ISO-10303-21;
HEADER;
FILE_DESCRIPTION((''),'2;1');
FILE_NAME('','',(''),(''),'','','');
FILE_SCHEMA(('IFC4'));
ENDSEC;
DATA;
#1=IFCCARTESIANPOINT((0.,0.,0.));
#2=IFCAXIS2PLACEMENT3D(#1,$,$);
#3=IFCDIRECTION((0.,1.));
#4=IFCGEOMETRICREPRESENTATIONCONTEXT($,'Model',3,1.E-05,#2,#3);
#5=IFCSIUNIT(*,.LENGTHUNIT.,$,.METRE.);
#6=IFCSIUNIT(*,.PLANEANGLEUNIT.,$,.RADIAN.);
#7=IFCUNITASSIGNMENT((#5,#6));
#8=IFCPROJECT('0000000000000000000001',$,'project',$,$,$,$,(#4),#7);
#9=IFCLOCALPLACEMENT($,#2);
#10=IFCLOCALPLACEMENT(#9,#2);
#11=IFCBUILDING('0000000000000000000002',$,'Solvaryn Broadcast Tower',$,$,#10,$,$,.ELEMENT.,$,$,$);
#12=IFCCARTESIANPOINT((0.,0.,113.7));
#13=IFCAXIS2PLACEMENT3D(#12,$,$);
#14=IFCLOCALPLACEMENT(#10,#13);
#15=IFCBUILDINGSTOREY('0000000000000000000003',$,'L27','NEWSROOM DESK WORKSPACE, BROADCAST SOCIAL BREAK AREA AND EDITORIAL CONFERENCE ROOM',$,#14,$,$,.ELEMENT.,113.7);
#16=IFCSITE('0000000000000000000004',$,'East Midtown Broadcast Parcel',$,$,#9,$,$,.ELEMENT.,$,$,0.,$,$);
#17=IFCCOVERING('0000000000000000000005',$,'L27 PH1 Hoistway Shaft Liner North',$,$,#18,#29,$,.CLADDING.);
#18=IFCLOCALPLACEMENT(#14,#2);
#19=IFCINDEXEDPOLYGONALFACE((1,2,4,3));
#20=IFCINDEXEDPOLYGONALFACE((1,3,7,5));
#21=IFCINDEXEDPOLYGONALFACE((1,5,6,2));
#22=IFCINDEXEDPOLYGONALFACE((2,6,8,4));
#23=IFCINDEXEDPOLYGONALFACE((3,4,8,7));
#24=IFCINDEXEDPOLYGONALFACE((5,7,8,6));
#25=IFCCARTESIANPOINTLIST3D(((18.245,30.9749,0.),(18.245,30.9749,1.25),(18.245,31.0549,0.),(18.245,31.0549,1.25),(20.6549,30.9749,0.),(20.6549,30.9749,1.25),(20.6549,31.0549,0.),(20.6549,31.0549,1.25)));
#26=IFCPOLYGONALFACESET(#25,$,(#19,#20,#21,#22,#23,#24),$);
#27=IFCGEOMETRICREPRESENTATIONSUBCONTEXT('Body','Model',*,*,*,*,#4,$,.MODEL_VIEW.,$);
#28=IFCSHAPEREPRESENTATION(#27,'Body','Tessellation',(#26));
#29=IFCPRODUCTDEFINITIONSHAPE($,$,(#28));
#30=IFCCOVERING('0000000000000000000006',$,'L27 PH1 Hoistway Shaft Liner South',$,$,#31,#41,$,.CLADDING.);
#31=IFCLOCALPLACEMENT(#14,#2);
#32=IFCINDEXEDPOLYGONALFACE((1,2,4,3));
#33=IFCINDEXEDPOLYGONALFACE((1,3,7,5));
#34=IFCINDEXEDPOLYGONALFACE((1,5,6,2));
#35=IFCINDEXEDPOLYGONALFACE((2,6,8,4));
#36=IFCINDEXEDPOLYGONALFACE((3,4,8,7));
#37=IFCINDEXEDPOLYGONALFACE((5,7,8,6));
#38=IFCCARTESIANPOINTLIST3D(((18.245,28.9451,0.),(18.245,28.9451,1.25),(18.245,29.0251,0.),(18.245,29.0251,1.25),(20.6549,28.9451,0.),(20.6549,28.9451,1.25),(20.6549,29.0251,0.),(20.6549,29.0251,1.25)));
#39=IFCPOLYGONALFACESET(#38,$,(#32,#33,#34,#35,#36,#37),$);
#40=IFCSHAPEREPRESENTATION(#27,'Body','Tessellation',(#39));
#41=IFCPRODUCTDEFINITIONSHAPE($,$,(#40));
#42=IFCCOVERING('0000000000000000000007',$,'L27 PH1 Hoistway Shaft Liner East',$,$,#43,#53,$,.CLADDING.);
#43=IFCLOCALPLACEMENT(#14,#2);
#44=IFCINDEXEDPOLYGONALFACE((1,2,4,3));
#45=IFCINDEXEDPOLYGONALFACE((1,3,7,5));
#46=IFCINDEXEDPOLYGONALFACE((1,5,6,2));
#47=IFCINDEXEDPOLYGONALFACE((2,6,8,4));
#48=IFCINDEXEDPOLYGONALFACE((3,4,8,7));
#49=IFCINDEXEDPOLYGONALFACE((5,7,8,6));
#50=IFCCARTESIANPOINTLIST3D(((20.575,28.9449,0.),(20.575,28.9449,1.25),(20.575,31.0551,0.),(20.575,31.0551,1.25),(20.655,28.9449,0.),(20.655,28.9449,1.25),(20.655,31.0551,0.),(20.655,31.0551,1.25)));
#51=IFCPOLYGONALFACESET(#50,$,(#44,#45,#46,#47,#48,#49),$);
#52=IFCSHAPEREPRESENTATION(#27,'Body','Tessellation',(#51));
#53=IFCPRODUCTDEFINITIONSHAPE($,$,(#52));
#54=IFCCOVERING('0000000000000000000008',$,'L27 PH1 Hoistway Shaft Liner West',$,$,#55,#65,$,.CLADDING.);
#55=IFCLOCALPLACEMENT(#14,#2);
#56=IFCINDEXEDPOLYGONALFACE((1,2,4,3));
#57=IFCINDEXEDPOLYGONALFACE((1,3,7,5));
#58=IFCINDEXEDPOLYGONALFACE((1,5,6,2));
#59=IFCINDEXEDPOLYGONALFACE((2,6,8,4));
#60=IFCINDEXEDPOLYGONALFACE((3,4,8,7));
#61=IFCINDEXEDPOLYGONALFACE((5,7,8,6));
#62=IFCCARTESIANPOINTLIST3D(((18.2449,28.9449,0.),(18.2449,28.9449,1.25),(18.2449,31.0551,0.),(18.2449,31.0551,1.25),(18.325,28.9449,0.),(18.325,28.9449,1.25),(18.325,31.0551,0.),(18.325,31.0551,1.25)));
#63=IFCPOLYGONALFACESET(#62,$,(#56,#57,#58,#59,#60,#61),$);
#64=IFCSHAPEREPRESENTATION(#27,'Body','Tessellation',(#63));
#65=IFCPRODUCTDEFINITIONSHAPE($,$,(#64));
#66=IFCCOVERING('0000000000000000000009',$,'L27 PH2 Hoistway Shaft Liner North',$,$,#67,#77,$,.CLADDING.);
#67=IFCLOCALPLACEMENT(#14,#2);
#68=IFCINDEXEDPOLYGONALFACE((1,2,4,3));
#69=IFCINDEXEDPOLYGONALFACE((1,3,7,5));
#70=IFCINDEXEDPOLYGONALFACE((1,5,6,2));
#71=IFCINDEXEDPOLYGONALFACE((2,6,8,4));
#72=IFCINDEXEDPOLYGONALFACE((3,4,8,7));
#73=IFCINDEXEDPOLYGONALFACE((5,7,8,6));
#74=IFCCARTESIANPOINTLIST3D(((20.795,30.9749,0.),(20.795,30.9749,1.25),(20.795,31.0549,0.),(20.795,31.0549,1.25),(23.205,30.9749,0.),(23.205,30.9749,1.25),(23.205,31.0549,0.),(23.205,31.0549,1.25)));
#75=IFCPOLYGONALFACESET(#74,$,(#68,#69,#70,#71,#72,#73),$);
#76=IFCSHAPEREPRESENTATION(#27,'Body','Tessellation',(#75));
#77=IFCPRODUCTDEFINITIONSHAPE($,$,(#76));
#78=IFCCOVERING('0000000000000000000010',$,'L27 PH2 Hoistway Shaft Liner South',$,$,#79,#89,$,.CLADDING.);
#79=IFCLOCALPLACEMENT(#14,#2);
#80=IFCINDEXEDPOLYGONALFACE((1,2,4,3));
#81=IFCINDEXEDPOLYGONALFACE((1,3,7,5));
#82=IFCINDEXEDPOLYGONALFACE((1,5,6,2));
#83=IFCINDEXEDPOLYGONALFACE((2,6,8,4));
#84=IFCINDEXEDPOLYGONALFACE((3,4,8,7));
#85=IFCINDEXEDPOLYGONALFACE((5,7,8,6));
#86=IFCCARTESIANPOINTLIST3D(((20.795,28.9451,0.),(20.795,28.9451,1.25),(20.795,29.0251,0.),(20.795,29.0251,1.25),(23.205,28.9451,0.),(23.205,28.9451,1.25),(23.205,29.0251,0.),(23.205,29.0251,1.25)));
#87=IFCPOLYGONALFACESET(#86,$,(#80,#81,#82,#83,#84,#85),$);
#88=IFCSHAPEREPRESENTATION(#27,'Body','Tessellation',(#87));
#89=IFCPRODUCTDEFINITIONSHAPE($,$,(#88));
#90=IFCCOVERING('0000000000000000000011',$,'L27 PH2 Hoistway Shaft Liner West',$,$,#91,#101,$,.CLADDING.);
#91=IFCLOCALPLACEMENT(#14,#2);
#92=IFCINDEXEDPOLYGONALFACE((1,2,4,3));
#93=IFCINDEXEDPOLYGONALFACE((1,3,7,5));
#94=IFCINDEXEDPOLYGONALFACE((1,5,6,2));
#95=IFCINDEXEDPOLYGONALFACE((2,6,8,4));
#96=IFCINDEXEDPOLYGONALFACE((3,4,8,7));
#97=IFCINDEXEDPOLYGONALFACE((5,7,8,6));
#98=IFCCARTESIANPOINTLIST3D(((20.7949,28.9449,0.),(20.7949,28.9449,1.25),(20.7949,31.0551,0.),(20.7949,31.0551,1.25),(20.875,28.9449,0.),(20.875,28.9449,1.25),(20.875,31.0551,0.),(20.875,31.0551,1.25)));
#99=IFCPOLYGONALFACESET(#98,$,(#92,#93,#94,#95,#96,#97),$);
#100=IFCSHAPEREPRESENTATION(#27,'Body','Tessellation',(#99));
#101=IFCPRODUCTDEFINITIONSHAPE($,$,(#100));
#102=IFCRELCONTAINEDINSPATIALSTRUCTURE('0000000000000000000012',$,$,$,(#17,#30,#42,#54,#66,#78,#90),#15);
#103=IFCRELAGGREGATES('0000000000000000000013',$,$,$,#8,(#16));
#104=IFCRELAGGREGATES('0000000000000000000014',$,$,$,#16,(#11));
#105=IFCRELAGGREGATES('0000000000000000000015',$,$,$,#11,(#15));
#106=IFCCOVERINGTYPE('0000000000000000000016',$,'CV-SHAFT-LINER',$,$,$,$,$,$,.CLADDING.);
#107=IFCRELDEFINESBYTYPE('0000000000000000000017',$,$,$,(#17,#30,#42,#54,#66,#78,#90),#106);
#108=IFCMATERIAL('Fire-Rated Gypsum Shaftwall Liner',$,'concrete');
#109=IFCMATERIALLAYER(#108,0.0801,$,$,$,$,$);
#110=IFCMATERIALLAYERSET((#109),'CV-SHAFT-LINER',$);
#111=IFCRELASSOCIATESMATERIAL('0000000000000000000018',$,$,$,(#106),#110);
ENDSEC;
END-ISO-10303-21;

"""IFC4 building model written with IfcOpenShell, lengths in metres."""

from ifc_helpers import new_model, si_unit, direction, frame, origin, origin_2d, place, context, subcontext, project, spatial, rectangle, extrude, material, layer, layer_set, type_object, element, save


model = new_model("IFC4")

# Units and contexts
model_context = context("Model", 3, precision=1e-05, world=origin(), true_north=direction((0.0, 1.0)))
body_context = subcontext(model_context, "Body", "Model", "MODEL_VIEW")
ifc_project = project(units=[si_unit("LENGTHUNIT", "METRE"), si_unit("PLANEANGLEUNIT", "RADIAN")], contexts=[model_context])

# Site, building, storey
site_placement = place(None, origin())
site = spatial("IfcSite", under=ifc_project, at=site_placement, Name="East Midtown Broadcast Parcel", CompositionType="ELEMENT", RefElevation=0.0)
building_placement = place(site_placement, origin())
building = spatial("IfcBuilding", under=site, at=building_placement, Name="Solvaryn Broadcast Tower", CompositionType="ELEMENT")
storey_placement = place(building_placement, frame((0.0, 0.0, 113.7)))
storey = spatial("IfcBuildingStorey", under=building, at=storey_placement, Name="L27", Description="NEWSROOM DESK WORKSPACE, BROADCAST SOCIAL BREAK AREA AND EDITORIAL CONFERENCE ROOM", CompositionType="ELEMENT", Elevation=113.7)

# Coverings
ifc_material_1 = material(Name="Fire-Rated Gypsum Shaftwall Liner", Category="concrete")
ifc_layer_1 = layer(ifc_material_1, 0.0801)
ifc_layer_set_1 = layer_set([ifc_layer_1], Name="CV-SHAFT-LINER")
covering_type = type_object("IfcCoveringType", Name="CV-SHAFT-LINER", PredefinedType="CLADDING", material=ifc_layer_set_1)
for number, where, z_axis, x_axis, name in (
    (1, (19.45, 31.0149, 0.0), (0.0, 0.0, 1.0), (1.0, 0.0, 0.0), "L27 PH1 Hoistway Shaft Liner North"),
    (2, (19.45, 28.9851, 0.0), (0.0, 0.0, 1.0), (1.0, 0.0, 0.0), "L27 PH1 Hoistway Shaft Liner South"),
):
    element("IfcCovering", number, at=place(storey_placement, frame(where, z_axis=z_axis, x_axis=x_axis)), inside=storey, type_object=covering_type, Name=name, PredefinedType="CLADDING", context=body_context, shape_type="SweptSolid", body=[
        extrude(rectangle(XDim=2.4099, YDim=0.0801, at=origin_2d()), origin(), (0.0, 0.0, 1.0), 1.25),
    ])
for number, where, z_axis, x_axis, name in (
    (3, (20.615, 30.0, 0.0), (0.0, 0.0, 1.0), (1.0, 0.0, 0.0), "L27 PH1 Hoistway Shaft Liner East"),
    (4, (18.2849, 30.0, 0.0), (0.0, 0.0, 1.0), (1.0, 0.0, 0.0), "L27 PH1 Hoistway Shaft Liner West"),
):
    element("IfcCovering", number, at=place(storey_placement, frame(where, z_axis=z_axis, x_axis=x_axis)), inside=storey, type_object=covering_type, Name=name, PredefinedType="CLADDING", context=body_context, shape_type="SweptSolid", body=[
        extrude(rectangle(XDim=0.0801, YDim=2.1101, at=origin_2d()), origin(), (0.0, 0.0, 1.0), 1.25),
    ])
for number, where, z_axis, x_axis, name in (
    (5, (22.0, 31.0149, 0.0), (0.0, 0.0, 1.0), (1.0, 0.0, 0.0), "L27 PH2 Hoistway Shaft Liner North"),
    (6, (22.0, 28.9851, 0.0), (0.0, 0.0, 1.0), (1.0, 0.0, 0.0), "L27 PH2 Hoistway Shaft Liner South"),
):
    element("IfcCovering", number, at=place(storey_placement, frame(where, z_axis=z_axis, x_axis=x_axis)), inside=storey, type_object=covering_type, Name=name, PredefinedType="CLADDING", context=body_context, shape_type="SweptSolid", body=[
        extrude(rectangle(XDim=2.4099, YDim=0.0801, at=origin_2d()), origin(), (0.0, 0.0, 1.0), 1.25),
    ])
covering_placement = place(storey_placement, frame((20.835, 30.0, 0.0), z_axis=(0.0, 0.0, 1.0), x_axis=(1.0, 0.0, 0.0)))
element("IfcCovering", 7, at=covering_placement, inside=storey, type_object=covering_type, Name="L27 PH2 Hoistway Shaft Liner West", PredefinedType="CLADDING", context=body_context, shape_type="SweptSolid", body=[
    extrude(rectangle(XDim=0.0801, YDim=2.1101, at=origin_2d()), origin(), (0.0, 0.0, 1.0), 1.25),
])

save(model, "model.ifc")
